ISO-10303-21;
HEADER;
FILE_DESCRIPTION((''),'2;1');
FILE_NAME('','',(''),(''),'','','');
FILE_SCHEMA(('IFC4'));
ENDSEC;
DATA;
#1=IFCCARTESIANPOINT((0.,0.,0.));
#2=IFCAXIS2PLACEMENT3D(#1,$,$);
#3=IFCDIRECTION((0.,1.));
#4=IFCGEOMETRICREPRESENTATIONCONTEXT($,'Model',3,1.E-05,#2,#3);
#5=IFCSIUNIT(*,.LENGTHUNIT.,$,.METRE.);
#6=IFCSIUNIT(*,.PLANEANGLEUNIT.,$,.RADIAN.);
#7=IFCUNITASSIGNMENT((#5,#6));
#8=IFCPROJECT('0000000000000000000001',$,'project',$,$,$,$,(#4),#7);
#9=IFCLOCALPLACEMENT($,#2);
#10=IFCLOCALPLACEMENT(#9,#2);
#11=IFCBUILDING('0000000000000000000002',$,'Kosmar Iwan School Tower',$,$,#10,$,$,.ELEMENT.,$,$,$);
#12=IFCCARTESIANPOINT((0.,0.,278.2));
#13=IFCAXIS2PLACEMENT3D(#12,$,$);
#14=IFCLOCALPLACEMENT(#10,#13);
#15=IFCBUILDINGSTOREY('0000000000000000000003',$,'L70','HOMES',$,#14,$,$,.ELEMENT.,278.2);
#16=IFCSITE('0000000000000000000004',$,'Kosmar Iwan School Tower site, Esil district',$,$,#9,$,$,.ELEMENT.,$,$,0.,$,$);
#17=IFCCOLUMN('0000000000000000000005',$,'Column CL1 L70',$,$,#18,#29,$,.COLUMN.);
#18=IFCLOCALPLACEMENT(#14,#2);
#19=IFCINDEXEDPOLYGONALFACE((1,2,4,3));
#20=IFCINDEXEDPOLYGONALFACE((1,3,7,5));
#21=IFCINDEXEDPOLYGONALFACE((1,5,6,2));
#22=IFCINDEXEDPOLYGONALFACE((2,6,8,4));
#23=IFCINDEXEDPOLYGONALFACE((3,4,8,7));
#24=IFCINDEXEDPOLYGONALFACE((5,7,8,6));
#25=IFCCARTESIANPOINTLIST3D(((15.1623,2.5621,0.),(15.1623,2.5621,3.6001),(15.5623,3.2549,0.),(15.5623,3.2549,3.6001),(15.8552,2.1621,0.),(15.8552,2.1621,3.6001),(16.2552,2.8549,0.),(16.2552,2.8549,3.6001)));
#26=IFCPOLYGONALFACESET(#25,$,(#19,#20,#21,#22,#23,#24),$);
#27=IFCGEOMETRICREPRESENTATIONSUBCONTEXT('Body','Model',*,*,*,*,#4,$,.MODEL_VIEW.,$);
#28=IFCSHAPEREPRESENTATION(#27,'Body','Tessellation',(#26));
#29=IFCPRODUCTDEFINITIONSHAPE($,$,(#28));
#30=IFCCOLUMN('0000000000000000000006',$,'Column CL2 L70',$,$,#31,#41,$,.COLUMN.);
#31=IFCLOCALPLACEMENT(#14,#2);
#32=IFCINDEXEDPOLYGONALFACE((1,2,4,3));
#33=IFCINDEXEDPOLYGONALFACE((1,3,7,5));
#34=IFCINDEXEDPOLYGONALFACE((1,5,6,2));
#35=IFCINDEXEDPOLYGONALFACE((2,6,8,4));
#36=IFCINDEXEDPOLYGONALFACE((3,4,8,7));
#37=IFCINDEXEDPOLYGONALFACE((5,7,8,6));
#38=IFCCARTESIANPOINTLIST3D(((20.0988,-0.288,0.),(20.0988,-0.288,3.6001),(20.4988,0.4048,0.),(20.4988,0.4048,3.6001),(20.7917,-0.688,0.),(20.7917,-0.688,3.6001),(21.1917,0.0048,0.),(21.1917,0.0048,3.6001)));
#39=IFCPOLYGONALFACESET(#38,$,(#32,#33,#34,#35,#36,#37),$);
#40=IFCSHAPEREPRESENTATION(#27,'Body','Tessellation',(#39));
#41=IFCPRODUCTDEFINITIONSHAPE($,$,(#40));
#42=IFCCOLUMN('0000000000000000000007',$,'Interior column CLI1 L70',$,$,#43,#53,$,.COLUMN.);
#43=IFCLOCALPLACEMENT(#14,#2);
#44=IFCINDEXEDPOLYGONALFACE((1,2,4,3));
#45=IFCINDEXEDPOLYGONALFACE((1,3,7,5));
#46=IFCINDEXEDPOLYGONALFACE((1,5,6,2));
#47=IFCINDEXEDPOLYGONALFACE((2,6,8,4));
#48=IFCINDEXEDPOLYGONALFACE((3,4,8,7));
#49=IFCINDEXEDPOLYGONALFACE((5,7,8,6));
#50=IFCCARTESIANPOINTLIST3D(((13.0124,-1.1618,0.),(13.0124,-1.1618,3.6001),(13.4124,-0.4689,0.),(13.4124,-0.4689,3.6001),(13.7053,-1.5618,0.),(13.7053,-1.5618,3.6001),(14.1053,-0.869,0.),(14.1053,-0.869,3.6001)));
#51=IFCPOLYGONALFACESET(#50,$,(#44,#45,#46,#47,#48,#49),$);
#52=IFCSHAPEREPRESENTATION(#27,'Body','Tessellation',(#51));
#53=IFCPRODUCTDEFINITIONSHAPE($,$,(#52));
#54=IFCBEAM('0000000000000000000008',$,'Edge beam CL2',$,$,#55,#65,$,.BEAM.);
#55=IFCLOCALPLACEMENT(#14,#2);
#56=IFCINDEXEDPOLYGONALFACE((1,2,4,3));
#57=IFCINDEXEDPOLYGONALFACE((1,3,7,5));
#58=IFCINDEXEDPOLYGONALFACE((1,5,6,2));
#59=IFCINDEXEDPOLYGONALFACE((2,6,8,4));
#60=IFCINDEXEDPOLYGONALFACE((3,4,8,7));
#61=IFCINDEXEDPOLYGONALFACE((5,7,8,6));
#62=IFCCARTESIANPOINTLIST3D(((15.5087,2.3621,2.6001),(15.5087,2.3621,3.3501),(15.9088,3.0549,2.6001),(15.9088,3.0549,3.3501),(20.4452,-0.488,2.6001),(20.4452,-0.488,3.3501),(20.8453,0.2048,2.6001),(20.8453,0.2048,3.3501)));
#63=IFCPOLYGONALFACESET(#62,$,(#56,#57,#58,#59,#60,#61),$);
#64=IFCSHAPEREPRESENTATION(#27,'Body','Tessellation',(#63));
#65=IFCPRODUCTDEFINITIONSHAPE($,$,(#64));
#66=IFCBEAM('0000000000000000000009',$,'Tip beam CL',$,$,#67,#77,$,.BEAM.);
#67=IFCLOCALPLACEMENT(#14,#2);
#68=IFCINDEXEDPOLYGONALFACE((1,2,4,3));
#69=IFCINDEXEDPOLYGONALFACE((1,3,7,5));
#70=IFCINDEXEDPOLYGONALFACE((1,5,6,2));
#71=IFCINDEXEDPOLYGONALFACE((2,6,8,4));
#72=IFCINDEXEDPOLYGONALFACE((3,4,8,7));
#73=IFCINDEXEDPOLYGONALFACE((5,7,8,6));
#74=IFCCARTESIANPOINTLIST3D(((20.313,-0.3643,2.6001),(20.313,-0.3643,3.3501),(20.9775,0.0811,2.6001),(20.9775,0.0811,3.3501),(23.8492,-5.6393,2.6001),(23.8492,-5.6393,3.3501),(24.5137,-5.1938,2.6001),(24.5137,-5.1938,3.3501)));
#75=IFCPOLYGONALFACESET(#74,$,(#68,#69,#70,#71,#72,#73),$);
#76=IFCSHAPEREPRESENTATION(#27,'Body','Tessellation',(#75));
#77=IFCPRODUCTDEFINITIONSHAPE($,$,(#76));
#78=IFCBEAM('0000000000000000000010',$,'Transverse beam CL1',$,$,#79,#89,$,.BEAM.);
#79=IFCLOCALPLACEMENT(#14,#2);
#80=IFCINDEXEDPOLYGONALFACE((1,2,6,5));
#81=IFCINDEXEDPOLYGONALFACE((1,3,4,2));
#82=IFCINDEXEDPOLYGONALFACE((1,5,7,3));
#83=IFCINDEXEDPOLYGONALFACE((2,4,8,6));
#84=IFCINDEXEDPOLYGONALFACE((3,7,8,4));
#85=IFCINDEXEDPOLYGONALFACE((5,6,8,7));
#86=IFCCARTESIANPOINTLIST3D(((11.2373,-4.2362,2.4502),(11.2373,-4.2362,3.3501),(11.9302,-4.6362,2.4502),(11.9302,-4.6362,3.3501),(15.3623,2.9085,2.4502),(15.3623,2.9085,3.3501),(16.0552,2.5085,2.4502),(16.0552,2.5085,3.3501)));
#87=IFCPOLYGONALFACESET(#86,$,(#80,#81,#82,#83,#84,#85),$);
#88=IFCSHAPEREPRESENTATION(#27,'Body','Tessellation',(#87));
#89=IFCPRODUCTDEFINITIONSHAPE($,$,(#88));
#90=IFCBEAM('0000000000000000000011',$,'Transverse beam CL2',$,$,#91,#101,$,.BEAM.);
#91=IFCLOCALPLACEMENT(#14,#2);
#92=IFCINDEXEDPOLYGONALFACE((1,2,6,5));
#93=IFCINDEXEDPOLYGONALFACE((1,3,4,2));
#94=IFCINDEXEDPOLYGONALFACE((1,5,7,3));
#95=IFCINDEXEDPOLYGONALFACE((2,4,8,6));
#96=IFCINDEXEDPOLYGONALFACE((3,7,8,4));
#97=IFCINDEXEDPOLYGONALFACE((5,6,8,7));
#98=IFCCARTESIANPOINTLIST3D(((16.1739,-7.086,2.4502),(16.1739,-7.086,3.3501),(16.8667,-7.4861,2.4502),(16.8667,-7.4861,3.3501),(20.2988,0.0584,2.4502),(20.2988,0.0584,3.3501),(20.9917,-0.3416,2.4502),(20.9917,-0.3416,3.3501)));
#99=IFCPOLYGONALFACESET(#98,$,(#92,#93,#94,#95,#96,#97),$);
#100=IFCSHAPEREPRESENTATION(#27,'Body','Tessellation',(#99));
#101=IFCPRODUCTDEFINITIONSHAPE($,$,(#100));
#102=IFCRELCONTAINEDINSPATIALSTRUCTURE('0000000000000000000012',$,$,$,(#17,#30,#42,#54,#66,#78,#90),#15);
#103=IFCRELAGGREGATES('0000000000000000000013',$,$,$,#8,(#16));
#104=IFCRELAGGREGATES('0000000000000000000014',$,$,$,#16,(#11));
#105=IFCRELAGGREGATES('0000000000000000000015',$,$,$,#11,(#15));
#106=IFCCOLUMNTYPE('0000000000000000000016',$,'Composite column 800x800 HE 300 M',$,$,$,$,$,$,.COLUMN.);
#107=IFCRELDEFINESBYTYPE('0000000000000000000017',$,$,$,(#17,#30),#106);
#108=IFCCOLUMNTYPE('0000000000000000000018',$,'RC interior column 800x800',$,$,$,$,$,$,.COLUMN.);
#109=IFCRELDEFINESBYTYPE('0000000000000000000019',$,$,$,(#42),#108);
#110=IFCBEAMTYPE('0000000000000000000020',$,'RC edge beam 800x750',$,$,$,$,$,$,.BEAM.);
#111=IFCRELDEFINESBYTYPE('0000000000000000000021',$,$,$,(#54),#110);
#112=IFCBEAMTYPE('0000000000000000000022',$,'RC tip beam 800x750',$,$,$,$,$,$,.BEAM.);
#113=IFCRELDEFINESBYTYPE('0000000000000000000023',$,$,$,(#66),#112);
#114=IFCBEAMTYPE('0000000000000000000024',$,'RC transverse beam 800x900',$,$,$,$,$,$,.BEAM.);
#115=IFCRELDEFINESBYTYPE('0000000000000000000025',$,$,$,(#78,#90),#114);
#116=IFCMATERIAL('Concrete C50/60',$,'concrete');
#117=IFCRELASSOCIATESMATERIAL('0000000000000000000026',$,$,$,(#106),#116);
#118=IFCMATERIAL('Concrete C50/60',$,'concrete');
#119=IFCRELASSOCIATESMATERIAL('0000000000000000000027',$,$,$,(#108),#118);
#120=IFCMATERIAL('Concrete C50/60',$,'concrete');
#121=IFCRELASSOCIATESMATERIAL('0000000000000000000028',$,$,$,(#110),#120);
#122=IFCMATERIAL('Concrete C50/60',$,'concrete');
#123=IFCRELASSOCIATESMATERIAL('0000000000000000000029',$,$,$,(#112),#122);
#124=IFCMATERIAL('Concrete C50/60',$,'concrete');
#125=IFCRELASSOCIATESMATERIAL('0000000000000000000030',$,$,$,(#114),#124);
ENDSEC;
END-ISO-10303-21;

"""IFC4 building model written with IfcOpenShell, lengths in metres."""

from ifc_helpers import new_model, si_unit, direction, frame, origin, origin_2d, place, context, subcontext, project, spatial, rectangle, extrude, material, material_profile, profile_set, type_object, element, save


model = new_model("IFC4")

# Units and contexts
model_context = context("Model", 3, precision=1e-05, world=origin(), true_north=direction((0.0, 1.0)))
body_context = subcontext(model_context, "Body", "Model", "MODEL_VIEW")
ifc_project = project(units=[si_unit("LENGTHUNIT", "METRE"), si_unit("PLANEANGLEUNIT", "RADIAN")], contexts=[model_context])

# Site, building, storey
site_placement = place(None, origin())
site = spatial("IfcSite", under=ifc_project, at=site_placement, Name="Kosmar Iwan School Tower site, Esil district", CompositionType="ELEMENT", RefElevation=0.0)
building_placement = place(site_placement, origin())
building = spatial("IfcBuilding", under=site, at=building_placement, Name="Kosmar Iwan School Tower", CompositionType="ELEMENT")
storey_placement = place(building_placement, frame((0.0, 0.0, 278.2)))
storey = spatial("IfcBuildingStorey", under=building, at=storey_placement, Name="L70", Description="HOMES", CompositionType="ELEMENT", Elevation=278.2)

# Columns
ifc_material_1 = material(Name="Concrete C50/60", Category="concrete")
ifc_material_profile_1 = material_profile(ifc_material_1, rectangle(XDim=0.8, YDim=0.8, at=origin_2d()), Name="RC 800x800 + HE 300 M")
ifc_profile_set_1 = profile_set([ifc_material_profile_1], Name="Concrete C50/60")
column_type_1 = type_object("IfcColumnType", Name="Composite column 800x800 HE 300 M", PredefinedType="COLUMN", material=ifc_profile_set_1)
for number, where, z_axis, x_axis, name in (
    (1, (15.7087, 2.7085, 0.0), (0.0, 0.0, 1.0), (0.866025, -0.5, 0.0), "Column CL1 L70"),
    (2, (20.6453, -0.1416, 0.0), (0.0, 0.0, 1.0), (0.866025, -0.5, 0.0), "Column CL2 L70"),
):
    element("IfcColumn", number, at=place(storey_placement, frame(where, z_axis=z_axis, x_axis=x_axis)), inside=storey, type_object=column_type_1, Name=name, PredefinedType="COLUMN", context=body_context, shape_type="SweptSolid", body=[
        extrude(rectangle(XDim=0.8, YDim=0.8, at=origin_2d()), origin(), (0.0, 0.0, 1.0), 3.6001),
    ])
ifc_material_2 = material(Name="Concrete C50/60", Category="concrete")
ifc_material_profile_2 = material_profile(ifc_material_2, rectangle(XDim=0.8, YDim=0.8, at=origin_2d()), Name="RC 800x800")
ifc_profile_set_2 = profile_set([ifc_material_profile_2], Name="Concrete C50/60")
column_type_2 = type_object("IfcColumnType", Name="RC interior column 800x800", PredefinedType="COLUMN", material=ifc_profile_set_2)
column_placement = place(storey_placement, frame((13.5588, -1.0154, 0.0), z_axis=(0.0, 0.0, 1.0), x_axis=(0.866025, -0.5, 0.0)))
element("IfcColumn", 3, at=column_placement, inside=storey, type_object=column_type_2, Name="Interior column CLI1 L70", PredefinedType="COLUMN", context=body_context, shape_type="SweptSolid", body=[
    extrude(rectangle(XDim=0.8, YDim=0.8, at=origin_2d()), origin(), (0.0, 0.0, 1.0), 3.6001),
])

# Beams
ifc_material_3 = material(Name="Concrete C50/60", Category="concrete")
ifc_material_profile_3 = material_profile(ifc_material_3, rectangle(XDim=0.8, YDim=0.75, at=origin_2d()), Name="RC 800x750")
ifc_profile_set_3 = profile_set([ifc_material_profile_3], Name="Concrete C50/60")
beam_type_1 = type_object("IfcBeamType", Name="RC edge beam 800x750", PredefinedType="BEAM", material=ifc_profile_set_3)
beam_1_placement = place(storey_placement, frame((15.7087, 2.7085, 2.9751), z_axis=(0.866026, -0.499999, 0.0), x_axis=(0.499999, 0.866026, 0.0)))
element("IfcBeam", 4, at=beam_1_placement, inside=storey, type_object=beam_type_1, Name="Edge beam CL2", PredefinedType="BEAM", context=body_context, shape_type="SweptSolid", body=[
    extrude(rectangle(XDim=0.8, YDim=0.75, at=origin_2d()), origin(), (0.0, 0.0, 1.0), 5.7002),
])
ifc_material_4 = material(Name="Concrete C50/60", Category="concrete")
ifc_material_profile_4 = material_profile(ifc_material_4, rectangle(XDim=0.8, YDim=0.75, at=origin_2d()), Name="RC 800x750")
ifc_profile_set_4 = profile_set([ifc_material_profile_4], Name="Concrete C50/60")
beam_type_2 = type_object("IfcBeamType", Name="RC tip beam 800x750", PredefinedType="BEAM", material=ifc_profile_set_4)
beam_2_placement = place(storey_placement, frame((20.6453, -0.1416, 2.9751), z_axis=(0.556828, -0.830628, 0.0), x_axis=(0.830628, 0.556828, 0.0)))
element("IfcBeam", 5, at=beam_2_placement, inside=storey, type_object=beam_type_2, Name="Tip beam CL", PredefinedType="BEAM", context=body_context, shape_type="SweptSolid", body=[
    extrude(rectangle(XDim=0.8, YDim=0.75, at=origin_2d()), origin(), (0.0, 0.0, 1.0), 6.3506),
])
ifc_material_5 = material(Name="Concrete C50/60", Category="concrete")
ifc_material_profile_5 = material_profile(ifc_material_5, rectangle(XDim=0.8, YDim=0.8999, at=origin_2d()), Name="RC 800x900")
ifc_profile_set_5 = profile_set([ifc_material_profile_5], Name="Concrete C50/60")
beam_type_3 = type_object("IfcBeamType", Name="RC transverse beam 800x900", PredefinedType="BEAM", material=ifc_profile_set_5)
beam_3_placement = place(storey_placement, frame((15.7087, 2.7085, 2.9001), z_axis=(-0.499997, -0.866027, 0.0), x_axis=(0.866027, -0.499997, 0.0)))
element("IfcBeam", 6, at=beam_3_placement, inside=storey, type_object=beam_type_3, Name="Transverse beam CL1", PredefinedType="BEAM", context=body_context, shape_type="SweptSolid", body=[
    extrude(rectangle(XDim=0.8, YDim=0.8999, at=origin_2d()), origin(), (0.0, 0.0, 1.0), 8.25),
])
beam_4_placement = place(storey_placement, frame((20.6453, -0.1416, 2.9001), z_axis=(-0.500009, -0.86602, 0.0), x_axis=(0.86602, -0.500009, 0.0)))
element("IfcBeam", 7, at=beam_4_placement, inside=storey, type_object=beam_type_3, Name="Transverse beam CL2", PredefinedType="BEAM", context=body_context, shape_type="SweptSolid", body=[
    extrude(rectangle(XDim=0.8, YDim=0.8999, at=origin_2d()), origin(), (0.0, 0.0, 1.0), 8.2498),
])

save(model, "model.ifc")
